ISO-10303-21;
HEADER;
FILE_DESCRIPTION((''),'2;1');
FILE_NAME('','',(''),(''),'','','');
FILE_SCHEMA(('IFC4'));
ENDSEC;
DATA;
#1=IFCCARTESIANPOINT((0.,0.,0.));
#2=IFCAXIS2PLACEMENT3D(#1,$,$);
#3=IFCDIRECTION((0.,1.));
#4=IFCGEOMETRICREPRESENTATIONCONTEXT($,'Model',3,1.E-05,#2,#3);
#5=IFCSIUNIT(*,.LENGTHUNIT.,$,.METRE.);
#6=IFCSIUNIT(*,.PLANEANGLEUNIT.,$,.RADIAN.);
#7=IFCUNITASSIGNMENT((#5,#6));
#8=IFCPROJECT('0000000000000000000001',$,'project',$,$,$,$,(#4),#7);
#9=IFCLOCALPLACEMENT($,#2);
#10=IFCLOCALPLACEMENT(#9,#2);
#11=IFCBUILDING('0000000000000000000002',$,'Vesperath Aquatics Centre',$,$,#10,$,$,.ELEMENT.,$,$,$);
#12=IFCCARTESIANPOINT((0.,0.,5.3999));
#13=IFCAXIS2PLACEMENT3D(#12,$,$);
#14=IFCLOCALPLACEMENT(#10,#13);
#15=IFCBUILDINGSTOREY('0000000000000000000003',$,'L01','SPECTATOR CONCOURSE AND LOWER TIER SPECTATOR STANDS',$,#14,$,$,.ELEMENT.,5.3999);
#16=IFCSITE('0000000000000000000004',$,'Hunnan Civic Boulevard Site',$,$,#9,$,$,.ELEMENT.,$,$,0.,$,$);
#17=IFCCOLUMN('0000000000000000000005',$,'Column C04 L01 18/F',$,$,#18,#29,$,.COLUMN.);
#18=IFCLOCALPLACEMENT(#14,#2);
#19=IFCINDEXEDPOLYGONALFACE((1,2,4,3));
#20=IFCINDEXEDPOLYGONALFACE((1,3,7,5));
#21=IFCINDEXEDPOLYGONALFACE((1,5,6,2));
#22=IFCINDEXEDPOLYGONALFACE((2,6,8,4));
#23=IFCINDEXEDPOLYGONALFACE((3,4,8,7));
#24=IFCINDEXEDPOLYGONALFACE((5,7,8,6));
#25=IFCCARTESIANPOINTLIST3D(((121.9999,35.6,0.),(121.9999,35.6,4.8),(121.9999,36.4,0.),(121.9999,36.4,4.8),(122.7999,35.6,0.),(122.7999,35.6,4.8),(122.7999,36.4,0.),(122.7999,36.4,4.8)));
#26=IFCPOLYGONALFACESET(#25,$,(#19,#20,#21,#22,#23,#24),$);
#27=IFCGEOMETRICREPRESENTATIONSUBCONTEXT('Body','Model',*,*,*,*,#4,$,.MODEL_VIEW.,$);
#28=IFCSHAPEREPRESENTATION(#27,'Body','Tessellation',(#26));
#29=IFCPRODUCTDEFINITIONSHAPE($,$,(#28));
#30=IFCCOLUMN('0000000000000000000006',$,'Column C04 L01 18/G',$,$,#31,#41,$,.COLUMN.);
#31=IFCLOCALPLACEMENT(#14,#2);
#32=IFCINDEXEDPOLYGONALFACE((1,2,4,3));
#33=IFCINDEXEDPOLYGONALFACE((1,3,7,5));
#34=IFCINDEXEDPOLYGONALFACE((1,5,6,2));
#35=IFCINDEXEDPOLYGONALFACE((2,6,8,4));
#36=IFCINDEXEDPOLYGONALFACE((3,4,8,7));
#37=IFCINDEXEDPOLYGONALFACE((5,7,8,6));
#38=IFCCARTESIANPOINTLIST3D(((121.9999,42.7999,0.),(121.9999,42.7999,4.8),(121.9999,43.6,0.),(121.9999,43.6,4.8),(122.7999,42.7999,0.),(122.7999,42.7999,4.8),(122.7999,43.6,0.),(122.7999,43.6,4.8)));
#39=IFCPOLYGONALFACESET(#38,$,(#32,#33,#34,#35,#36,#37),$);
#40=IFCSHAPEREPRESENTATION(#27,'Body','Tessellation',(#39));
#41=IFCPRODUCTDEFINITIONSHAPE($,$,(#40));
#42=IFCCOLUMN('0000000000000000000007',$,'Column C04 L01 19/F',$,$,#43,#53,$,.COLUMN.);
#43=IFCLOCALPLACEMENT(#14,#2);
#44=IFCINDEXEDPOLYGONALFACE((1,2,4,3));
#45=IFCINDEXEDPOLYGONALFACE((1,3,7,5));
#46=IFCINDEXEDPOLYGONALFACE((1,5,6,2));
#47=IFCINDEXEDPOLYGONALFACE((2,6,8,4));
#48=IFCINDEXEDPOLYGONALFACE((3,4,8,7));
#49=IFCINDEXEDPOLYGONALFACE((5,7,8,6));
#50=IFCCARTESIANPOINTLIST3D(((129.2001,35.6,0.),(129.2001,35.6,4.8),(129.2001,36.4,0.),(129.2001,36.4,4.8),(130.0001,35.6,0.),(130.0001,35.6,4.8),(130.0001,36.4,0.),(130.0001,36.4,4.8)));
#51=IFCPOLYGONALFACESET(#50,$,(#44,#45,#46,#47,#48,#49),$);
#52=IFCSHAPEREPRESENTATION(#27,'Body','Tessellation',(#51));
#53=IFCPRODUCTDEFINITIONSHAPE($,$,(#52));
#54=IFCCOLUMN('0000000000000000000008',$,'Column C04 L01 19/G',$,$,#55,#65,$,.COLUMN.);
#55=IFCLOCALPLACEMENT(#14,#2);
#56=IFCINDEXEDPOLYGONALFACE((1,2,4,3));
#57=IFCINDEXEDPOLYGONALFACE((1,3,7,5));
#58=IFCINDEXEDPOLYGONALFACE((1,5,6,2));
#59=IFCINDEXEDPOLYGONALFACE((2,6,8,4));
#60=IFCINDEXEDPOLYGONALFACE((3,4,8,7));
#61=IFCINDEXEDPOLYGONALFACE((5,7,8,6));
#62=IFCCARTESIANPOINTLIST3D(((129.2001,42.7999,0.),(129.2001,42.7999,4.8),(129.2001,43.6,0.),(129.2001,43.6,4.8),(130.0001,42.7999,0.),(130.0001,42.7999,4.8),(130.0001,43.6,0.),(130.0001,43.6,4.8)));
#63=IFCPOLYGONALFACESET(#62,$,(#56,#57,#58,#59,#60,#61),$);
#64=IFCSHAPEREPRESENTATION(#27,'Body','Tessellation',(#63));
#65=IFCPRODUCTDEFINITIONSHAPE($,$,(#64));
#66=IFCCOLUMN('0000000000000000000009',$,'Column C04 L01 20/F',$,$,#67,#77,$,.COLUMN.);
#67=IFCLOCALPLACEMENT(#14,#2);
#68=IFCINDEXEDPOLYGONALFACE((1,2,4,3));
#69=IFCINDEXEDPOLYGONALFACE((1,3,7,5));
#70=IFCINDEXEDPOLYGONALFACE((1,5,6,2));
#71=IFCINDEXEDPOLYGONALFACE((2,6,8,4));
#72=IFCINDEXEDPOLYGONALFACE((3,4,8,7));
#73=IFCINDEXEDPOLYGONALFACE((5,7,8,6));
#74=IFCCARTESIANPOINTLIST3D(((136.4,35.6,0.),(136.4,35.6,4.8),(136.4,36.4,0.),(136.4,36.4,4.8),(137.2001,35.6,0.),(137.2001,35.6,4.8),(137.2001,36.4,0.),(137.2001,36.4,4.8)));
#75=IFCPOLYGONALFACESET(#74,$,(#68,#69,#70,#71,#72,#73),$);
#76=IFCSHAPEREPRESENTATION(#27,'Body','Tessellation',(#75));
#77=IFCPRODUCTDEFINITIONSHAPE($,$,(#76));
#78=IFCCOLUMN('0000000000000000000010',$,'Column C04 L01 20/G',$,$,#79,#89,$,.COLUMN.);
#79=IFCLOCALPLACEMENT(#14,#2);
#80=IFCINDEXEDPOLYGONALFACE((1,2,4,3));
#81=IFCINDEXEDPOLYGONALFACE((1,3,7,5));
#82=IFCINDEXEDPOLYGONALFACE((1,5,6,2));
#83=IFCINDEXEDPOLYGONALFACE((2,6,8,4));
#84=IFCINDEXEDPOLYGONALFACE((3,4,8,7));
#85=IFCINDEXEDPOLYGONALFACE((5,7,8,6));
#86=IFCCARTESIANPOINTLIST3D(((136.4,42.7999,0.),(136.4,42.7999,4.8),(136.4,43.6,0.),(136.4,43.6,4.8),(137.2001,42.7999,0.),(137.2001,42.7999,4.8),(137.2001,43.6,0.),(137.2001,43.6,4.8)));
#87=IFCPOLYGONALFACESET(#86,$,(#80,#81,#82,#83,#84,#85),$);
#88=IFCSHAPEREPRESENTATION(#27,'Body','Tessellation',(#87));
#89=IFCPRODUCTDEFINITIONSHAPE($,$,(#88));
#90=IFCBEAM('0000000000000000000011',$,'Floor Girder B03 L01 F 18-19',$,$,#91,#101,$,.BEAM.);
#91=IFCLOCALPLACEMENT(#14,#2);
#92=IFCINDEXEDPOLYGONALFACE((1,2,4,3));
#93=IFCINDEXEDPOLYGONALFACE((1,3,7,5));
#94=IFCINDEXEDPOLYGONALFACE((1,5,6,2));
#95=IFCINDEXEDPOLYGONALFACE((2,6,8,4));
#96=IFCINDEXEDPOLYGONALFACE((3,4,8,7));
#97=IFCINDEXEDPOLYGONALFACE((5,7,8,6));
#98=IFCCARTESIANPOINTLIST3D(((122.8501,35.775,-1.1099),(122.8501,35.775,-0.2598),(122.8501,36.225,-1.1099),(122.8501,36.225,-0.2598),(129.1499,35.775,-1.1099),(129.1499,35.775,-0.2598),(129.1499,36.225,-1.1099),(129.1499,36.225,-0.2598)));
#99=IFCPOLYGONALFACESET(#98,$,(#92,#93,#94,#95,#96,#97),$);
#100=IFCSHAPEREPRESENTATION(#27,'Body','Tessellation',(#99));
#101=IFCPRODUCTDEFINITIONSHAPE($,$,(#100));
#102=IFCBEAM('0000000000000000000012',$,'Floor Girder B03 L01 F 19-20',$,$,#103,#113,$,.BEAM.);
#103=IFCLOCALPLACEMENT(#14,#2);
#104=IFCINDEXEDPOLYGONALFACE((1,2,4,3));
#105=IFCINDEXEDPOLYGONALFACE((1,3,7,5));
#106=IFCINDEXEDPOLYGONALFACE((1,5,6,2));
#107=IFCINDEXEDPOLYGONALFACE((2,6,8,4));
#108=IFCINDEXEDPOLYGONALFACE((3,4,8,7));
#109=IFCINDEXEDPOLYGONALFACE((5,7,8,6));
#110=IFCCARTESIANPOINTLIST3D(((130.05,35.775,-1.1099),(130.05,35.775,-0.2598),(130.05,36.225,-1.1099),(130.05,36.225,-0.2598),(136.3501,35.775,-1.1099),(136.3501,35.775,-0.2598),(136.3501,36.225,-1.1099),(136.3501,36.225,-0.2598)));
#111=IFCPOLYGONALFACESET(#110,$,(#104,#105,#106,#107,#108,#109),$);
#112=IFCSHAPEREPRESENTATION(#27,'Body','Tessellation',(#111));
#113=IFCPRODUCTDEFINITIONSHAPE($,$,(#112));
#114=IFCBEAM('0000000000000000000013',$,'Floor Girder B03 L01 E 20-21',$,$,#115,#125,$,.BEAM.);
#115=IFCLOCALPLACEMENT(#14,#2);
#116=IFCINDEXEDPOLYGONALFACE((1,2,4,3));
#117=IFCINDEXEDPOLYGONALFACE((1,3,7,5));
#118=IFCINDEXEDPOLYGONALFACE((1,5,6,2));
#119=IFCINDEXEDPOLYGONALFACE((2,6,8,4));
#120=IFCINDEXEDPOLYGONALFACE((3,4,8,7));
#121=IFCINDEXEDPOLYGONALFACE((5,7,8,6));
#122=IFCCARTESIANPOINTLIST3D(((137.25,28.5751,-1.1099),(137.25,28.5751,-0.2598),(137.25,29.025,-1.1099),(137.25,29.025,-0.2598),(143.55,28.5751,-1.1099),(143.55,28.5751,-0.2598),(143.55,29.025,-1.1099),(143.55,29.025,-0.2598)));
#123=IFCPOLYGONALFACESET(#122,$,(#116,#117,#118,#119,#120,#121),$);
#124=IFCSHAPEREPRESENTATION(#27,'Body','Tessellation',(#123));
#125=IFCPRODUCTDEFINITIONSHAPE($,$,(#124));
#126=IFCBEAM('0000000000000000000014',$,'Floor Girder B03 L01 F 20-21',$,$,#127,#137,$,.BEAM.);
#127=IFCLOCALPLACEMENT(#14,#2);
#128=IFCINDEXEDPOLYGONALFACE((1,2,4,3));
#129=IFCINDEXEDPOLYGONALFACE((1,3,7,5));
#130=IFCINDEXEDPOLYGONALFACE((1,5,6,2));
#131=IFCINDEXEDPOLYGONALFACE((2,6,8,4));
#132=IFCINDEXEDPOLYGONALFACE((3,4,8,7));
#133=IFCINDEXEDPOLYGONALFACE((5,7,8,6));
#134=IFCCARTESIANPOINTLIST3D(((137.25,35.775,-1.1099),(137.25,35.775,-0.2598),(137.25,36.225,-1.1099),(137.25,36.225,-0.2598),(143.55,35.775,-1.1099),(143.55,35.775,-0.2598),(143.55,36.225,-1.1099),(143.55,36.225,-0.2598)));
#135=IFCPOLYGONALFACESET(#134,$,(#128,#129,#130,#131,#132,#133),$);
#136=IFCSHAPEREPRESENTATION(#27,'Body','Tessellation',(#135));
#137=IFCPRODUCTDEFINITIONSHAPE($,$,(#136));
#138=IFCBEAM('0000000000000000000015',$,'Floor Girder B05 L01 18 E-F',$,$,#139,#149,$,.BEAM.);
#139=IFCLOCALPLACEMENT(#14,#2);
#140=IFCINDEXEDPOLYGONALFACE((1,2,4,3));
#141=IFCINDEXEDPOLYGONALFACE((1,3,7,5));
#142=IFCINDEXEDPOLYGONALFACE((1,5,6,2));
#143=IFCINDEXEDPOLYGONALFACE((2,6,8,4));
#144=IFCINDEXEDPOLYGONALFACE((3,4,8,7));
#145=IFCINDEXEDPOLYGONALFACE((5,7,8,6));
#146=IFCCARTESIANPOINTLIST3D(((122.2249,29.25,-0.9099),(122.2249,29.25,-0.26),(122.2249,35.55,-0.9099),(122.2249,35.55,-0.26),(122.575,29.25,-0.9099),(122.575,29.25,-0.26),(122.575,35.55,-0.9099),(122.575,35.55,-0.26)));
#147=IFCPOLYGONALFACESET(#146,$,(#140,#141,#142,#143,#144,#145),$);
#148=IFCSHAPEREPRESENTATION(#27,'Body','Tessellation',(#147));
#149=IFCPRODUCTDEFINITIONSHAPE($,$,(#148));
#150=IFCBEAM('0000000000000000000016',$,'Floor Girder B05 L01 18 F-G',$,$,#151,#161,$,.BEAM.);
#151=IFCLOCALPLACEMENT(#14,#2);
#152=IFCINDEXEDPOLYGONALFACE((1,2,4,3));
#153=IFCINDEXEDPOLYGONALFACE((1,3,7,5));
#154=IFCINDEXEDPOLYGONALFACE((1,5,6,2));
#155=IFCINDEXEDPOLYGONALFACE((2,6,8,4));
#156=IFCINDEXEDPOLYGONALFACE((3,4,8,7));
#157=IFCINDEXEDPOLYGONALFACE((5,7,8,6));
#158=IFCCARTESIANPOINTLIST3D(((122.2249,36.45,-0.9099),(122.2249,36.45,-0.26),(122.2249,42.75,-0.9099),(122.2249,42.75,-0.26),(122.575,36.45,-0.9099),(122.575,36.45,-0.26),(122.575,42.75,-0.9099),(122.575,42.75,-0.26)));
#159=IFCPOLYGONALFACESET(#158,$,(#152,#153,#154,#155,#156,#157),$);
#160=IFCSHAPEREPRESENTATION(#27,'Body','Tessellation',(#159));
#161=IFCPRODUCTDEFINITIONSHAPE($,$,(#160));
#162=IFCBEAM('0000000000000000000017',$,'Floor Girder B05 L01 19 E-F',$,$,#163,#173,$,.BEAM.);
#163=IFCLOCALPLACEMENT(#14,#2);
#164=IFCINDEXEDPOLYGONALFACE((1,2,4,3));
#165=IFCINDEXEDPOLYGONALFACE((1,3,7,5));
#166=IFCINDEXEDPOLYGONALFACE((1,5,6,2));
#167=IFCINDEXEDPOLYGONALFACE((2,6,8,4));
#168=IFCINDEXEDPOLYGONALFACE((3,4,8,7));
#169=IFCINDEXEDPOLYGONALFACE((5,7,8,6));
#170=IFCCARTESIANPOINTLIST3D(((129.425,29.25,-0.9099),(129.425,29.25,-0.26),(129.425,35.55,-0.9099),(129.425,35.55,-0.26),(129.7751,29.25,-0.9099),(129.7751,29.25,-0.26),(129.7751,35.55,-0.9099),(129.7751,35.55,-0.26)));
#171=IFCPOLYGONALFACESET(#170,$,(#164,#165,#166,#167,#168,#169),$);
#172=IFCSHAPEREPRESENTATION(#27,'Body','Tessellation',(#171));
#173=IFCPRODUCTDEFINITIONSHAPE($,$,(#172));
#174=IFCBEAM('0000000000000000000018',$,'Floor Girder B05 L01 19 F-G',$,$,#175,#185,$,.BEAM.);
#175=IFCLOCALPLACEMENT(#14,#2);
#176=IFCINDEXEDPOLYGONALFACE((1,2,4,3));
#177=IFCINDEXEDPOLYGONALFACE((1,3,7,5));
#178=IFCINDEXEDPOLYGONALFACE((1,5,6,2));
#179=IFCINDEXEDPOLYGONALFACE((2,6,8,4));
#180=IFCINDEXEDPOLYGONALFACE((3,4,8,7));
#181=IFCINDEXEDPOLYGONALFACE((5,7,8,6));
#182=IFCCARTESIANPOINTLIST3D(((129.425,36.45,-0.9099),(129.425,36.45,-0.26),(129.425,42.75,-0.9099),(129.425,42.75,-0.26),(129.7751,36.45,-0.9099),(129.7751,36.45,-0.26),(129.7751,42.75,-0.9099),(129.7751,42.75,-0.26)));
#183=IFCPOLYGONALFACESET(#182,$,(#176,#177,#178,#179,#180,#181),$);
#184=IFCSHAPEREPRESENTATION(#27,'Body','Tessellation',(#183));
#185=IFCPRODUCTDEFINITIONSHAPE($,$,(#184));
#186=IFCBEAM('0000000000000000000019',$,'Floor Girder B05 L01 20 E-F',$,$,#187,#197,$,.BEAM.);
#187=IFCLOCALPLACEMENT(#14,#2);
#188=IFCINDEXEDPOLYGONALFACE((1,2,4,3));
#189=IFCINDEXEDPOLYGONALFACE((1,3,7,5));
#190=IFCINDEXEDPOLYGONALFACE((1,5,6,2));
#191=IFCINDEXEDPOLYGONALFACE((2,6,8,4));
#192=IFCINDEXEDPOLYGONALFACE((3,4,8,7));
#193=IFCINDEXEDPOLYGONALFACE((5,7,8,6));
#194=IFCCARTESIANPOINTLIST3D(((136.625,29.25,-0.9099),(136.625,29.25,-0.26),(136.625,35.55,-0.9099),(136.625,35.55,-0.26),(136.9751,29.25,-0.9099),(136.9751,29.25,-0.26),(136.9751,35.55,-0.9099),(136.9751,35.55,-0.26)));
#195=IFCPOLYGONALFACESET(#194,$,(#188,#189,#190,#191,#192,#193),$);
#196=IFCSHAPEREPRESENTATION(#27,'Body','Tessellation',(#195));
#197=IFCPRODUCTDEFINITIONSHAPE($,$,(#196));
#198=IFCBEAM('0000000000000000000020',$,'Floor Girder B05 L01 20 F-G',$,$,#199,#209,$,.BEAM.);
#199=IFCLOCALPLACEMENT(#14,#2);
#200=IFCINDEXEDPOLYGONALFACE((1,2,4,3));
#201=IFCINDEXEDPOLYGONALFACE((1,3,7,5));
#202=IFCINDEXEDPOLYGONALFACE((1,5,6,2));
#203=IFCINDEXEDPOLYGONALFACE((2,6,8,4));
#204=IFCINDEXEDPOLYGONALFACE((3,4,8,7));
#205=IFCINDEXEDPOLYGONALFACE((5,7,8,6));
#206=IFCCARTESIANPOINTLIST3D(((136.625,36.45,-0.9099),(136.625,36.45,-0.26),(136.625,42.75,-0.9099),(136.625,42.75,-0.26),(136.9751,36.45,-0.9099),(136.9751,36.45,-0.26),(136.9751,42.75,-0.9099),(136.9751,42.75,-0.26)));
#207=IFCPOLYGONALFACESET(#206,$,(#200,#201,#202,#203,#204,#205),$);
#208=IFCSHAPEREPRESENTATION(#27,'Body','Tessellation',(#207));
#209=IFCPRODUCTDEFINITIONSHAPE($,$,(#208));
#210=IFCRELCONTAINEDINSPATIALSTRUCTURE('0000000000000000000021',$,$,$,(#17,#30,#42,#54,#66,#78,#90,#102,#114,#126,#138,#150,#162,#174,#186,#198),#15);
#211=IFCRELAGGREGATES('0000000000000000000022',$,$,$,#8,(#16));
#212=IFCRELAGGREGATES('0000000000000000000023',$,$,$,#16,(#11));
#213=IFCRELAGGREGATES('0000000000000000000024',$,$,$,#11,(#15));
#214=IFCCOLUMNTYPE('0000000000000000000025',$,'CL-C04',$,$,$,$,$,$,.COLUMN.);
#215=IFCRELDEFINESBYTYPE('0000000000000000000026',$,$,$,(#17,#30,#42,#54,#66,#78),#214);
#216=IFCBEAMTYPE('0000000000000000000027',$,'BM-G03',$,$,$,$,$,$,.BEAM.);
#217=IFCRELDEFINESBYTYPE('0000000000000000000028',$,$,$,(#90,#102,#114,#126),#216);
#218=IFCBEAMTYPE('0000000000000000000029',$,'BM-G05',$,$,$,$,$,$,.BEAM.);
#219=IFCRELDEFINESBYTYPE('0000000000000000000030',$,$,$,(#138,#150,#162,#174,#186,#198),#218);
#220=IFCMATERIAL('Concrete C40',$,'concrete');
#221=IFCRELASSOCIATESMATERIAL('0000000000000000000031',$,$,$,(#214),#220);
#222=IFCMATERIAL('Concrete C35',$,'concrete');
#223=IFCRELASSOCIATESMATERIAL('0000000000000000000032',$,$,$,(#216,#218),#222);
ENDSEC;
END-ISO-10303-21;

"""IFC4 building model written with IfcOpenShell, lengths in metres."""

from ifc_helpers import new_model, si_unit, direction, frame, origin, origin_2d, place, context, subcontext, project, spatial, rectangle, extrude, material, material_profile, profile_set, type_object, element, save


model = new_model("IFC4")

# Units and contexts
model_context = context("Model", 3, precision=1e-05, world=origin(), true_north=direction((0.0, 1.0)))
body_context = subcontext(model_context, "Body", "Model", "MODEL_VIEW")
ifc_project = project(units=[si_unit("LENGTHUNIT", "METRE"), si_unit("PLANEANGLEUNIT", "RADIAN")], contexts=[model_context])

# Site, building, storey
site_placement = place(None, origin())
site = spatial("IfcSite", under=ifc_project, at=site_placement, Name="Hunnan Civic Boulevard Site", CompositionType="ELEMENT", RefElevation=0.0)
building_placement = place(site_placement, origin())
building = spatial("IfcBuilding", under=site, at=building_placement, Name="Vesperath Aquatics Centre", CompositionType="ELEMENT")
storey_placement = place(building_placement, frame((0.0, 0.0, 5.3999)))
storey = spatial("IfcBuildingStorey", under=building, at=storey_placement, Name="L01", Description="SPECTATOR CONCOURSE AND LOWER TIER SPECTATOR STANDS", CompositionType="ELEMENT", Elevation=5.3999)

# Columns
ifc_material_1 = material(Name="Concrete C40", Category="concrete")
ifc_material_profile_1 = material_profile(ifc_material_1, rectangle(XDim=0.8, YDim=0.8, at=origin_2d()), Name="RC 800x800")
ifc_profile_set_1 = profile_set([ifc_material_profile_1], Name="Concrete C40")
column_type = type_object("IfcColumnType", Name="CL-C04", PredefinedType="COLUMN", material=ifc_profile_set_1)
for number, where, z_axis, x_axis, name in (
    (1, (122.3999, 36.0, 0.0), (0.0, 0.0, 1.0), (1.0, 0.0, 0.0), "Column C04 L01 18/F"),
    (2, (122.3999, 43.2, 0.0), (0.0, 0.0, 1.0), (1.0, 0.0, 0.0), "Column C04 L01 18/G"),
    (3, (129.6001, 36.0, 0.0), (0.0, 0.0, 1.0), (1.0, 0.0, 0.0), "Column C04 L01 19/F"),
    (4, (129.6001, 43.2, 0.0), (0.0, 0.0, 1.0), (1.0, 0.0, 0.0), "Column C04 L01 19/G"),
    (5, (136.8, 36.0, 0.0), (0.0, 0.0, 1.0), (1.0, 0.0, 0.0), "Column C04 L01 20/F"),
    (6, (136.8, 43.2, 0.0), (0.0, 0.0, 1.0), (1.0, 0.0, 0.0), "Column C04 L01 20/G"),
):
    element("IfcColumn", number, at=place(storey_placement, frame(where, z_axis=z_axis, x_axis=x_axis)), inside=storey, type_object=column_type, Name=name, PredefinedType="COLUMN", context=body_context, shape_type="SweptSolid", body=[
        extrude(rectangle(XDim=0.8, YDim=0.8, at=origin_2d()), origin(), (0.0, 0.0, 1.0), 4.8),
    ])

# Beams
ifc_material_2 = material(Name="Concrete C35", Category="concrete")
ifc_material_profile_2 = material_profile(ifc_material_2, rectangle(XDim=0.45, YDim=0.8501, at=origin_2d()), Name="RC 450x850")
ifc_profile_set_2 = profile_set([ifc_material_profile_2], Name="Concrete C35")
beam_type_1 = type_object("IfcBeamType", Name="BM-G03", PredefinedType="BEAM", material=ifc_profile_set_2)
beam_1_placement = place(storey_placement, frame((122.8501, 36.0, -0.6848), z_axis=(1.0, 0.0, 0.0), x_axis=(0.0, 1.0, 0.0)))
element("IfcBeam", 7, at=beam_1_placement, inside=storey, type_object=beam_type_1, Name="Floor Girder B03 L01 F 18-19", PredefinedType="BEAM", context=body_context, shape_type="SweptSolid", body=[
    extrude(rectangle(XDim=0.45, YDim=0.8501, at=origin_2d()), origin(), (0.0, 0.0, 1.0), 6.2998),
])
for number, where, z_axis, x_axis, name in (
    (8, (130.05, 36.0, -0.6848), (1.0, 0.0, 0.0), (0.0, 1.0, 0.0), "Floor Girder B03 L01 F 19-20"),
    (9, (137.25, 28.8, -0.6848), (1.0, 0.0, 0.0), (0.0, 1.0, 0.0), "Floor Girder B03 L01 E 20-21"),
    (10, (137.25, 36.0, -0.6848), (1.0, 0.0, 0.0), (0.0, 1.0, 0.0), "Floor Girder B03 L01 F 20-21"),
):
    element("IfcBeam", number, at=place(storey_placement, frame(where, z_axis=z_axis, x_axis=x_axis)), inside=storey, type_object=beam_type_1, Name=name, PredefinedType="BEAM", context=body_context, shape_type="SweptSolid", body=[
        extrude(rectangle(XDim=0.45, YDim=0.8501, at=origin_2d()), origin(), (0.0, 0.0, 1.0), 6.3),
    ])
ifc_material_profile_3 = material_profile(ifc_material_2, rectangle(XDim=0.3501, YDim=0.6499, at=origin_2d()), Name="RC 350x650")
ifc_profile_set_3 = profile_set([ifc_material_profile_3], Name="Concrete C35")
beam_type_2 = type_object("IfcBeamType", Name="BM-G05", PredefinedType="BEAM", material=ifc_profile_set_3)
for number, where, z_axis, x_axis, name in (
    (11, (122.3999, 29.25, -0.585), (0.0, 1.0, 0.0), (-1.0, 0.0, 0.0), "Floor Girder B05 L01 18 E-F"),
    (12, (122.3999, 36.45, -0.585), (0.0, 1.0, 0.0), (-1.0, 0.0, 0.0), "Floor Girder B05 L01 18 F-G"),
    (13, (129.6001, 29.25, -0.585), (0.0, 1.0, 0.0), (-1.0, 0.0, 0.0), "Floor Girder B05 L01 19 E-F"),
    (14, (129.6001, 36.45, -0.585), (0.0, 1.0, 0.0), (-1.0, 0.0, 0.0), "Floor Girder B05 L01 19 F-G"),
    (15, (136.8, 29.25, -0.585), (0.0, 1.0, 0.0), (-1.0, 0.0, 0.0), "Floor Girder B05 L01 20 E-F"),
    (16, (136.8, 36.45, -0.585), (0.0, 1.0, 0.0), (-1.0, 0.0, 0.0), "Floor Girder B05 L01 20 F-G"),
):
    element("IfcBeam", number, at=place(storey_placement, frame(where, z_axis=z_axis, x_axis=x_axis)), inside=storey, type_object=beam_type_2, Name=name, PredefinedType="BEAM", context=body_context, shape_type="SweptSolid", body=[
        extrude(rectangle(XDim=0.3501, YDim=0.6499, at=origin_2d()), origin(), (0.0, 0.0, 1.0), 6.3),
    ])

save(model, "model.ifc")
